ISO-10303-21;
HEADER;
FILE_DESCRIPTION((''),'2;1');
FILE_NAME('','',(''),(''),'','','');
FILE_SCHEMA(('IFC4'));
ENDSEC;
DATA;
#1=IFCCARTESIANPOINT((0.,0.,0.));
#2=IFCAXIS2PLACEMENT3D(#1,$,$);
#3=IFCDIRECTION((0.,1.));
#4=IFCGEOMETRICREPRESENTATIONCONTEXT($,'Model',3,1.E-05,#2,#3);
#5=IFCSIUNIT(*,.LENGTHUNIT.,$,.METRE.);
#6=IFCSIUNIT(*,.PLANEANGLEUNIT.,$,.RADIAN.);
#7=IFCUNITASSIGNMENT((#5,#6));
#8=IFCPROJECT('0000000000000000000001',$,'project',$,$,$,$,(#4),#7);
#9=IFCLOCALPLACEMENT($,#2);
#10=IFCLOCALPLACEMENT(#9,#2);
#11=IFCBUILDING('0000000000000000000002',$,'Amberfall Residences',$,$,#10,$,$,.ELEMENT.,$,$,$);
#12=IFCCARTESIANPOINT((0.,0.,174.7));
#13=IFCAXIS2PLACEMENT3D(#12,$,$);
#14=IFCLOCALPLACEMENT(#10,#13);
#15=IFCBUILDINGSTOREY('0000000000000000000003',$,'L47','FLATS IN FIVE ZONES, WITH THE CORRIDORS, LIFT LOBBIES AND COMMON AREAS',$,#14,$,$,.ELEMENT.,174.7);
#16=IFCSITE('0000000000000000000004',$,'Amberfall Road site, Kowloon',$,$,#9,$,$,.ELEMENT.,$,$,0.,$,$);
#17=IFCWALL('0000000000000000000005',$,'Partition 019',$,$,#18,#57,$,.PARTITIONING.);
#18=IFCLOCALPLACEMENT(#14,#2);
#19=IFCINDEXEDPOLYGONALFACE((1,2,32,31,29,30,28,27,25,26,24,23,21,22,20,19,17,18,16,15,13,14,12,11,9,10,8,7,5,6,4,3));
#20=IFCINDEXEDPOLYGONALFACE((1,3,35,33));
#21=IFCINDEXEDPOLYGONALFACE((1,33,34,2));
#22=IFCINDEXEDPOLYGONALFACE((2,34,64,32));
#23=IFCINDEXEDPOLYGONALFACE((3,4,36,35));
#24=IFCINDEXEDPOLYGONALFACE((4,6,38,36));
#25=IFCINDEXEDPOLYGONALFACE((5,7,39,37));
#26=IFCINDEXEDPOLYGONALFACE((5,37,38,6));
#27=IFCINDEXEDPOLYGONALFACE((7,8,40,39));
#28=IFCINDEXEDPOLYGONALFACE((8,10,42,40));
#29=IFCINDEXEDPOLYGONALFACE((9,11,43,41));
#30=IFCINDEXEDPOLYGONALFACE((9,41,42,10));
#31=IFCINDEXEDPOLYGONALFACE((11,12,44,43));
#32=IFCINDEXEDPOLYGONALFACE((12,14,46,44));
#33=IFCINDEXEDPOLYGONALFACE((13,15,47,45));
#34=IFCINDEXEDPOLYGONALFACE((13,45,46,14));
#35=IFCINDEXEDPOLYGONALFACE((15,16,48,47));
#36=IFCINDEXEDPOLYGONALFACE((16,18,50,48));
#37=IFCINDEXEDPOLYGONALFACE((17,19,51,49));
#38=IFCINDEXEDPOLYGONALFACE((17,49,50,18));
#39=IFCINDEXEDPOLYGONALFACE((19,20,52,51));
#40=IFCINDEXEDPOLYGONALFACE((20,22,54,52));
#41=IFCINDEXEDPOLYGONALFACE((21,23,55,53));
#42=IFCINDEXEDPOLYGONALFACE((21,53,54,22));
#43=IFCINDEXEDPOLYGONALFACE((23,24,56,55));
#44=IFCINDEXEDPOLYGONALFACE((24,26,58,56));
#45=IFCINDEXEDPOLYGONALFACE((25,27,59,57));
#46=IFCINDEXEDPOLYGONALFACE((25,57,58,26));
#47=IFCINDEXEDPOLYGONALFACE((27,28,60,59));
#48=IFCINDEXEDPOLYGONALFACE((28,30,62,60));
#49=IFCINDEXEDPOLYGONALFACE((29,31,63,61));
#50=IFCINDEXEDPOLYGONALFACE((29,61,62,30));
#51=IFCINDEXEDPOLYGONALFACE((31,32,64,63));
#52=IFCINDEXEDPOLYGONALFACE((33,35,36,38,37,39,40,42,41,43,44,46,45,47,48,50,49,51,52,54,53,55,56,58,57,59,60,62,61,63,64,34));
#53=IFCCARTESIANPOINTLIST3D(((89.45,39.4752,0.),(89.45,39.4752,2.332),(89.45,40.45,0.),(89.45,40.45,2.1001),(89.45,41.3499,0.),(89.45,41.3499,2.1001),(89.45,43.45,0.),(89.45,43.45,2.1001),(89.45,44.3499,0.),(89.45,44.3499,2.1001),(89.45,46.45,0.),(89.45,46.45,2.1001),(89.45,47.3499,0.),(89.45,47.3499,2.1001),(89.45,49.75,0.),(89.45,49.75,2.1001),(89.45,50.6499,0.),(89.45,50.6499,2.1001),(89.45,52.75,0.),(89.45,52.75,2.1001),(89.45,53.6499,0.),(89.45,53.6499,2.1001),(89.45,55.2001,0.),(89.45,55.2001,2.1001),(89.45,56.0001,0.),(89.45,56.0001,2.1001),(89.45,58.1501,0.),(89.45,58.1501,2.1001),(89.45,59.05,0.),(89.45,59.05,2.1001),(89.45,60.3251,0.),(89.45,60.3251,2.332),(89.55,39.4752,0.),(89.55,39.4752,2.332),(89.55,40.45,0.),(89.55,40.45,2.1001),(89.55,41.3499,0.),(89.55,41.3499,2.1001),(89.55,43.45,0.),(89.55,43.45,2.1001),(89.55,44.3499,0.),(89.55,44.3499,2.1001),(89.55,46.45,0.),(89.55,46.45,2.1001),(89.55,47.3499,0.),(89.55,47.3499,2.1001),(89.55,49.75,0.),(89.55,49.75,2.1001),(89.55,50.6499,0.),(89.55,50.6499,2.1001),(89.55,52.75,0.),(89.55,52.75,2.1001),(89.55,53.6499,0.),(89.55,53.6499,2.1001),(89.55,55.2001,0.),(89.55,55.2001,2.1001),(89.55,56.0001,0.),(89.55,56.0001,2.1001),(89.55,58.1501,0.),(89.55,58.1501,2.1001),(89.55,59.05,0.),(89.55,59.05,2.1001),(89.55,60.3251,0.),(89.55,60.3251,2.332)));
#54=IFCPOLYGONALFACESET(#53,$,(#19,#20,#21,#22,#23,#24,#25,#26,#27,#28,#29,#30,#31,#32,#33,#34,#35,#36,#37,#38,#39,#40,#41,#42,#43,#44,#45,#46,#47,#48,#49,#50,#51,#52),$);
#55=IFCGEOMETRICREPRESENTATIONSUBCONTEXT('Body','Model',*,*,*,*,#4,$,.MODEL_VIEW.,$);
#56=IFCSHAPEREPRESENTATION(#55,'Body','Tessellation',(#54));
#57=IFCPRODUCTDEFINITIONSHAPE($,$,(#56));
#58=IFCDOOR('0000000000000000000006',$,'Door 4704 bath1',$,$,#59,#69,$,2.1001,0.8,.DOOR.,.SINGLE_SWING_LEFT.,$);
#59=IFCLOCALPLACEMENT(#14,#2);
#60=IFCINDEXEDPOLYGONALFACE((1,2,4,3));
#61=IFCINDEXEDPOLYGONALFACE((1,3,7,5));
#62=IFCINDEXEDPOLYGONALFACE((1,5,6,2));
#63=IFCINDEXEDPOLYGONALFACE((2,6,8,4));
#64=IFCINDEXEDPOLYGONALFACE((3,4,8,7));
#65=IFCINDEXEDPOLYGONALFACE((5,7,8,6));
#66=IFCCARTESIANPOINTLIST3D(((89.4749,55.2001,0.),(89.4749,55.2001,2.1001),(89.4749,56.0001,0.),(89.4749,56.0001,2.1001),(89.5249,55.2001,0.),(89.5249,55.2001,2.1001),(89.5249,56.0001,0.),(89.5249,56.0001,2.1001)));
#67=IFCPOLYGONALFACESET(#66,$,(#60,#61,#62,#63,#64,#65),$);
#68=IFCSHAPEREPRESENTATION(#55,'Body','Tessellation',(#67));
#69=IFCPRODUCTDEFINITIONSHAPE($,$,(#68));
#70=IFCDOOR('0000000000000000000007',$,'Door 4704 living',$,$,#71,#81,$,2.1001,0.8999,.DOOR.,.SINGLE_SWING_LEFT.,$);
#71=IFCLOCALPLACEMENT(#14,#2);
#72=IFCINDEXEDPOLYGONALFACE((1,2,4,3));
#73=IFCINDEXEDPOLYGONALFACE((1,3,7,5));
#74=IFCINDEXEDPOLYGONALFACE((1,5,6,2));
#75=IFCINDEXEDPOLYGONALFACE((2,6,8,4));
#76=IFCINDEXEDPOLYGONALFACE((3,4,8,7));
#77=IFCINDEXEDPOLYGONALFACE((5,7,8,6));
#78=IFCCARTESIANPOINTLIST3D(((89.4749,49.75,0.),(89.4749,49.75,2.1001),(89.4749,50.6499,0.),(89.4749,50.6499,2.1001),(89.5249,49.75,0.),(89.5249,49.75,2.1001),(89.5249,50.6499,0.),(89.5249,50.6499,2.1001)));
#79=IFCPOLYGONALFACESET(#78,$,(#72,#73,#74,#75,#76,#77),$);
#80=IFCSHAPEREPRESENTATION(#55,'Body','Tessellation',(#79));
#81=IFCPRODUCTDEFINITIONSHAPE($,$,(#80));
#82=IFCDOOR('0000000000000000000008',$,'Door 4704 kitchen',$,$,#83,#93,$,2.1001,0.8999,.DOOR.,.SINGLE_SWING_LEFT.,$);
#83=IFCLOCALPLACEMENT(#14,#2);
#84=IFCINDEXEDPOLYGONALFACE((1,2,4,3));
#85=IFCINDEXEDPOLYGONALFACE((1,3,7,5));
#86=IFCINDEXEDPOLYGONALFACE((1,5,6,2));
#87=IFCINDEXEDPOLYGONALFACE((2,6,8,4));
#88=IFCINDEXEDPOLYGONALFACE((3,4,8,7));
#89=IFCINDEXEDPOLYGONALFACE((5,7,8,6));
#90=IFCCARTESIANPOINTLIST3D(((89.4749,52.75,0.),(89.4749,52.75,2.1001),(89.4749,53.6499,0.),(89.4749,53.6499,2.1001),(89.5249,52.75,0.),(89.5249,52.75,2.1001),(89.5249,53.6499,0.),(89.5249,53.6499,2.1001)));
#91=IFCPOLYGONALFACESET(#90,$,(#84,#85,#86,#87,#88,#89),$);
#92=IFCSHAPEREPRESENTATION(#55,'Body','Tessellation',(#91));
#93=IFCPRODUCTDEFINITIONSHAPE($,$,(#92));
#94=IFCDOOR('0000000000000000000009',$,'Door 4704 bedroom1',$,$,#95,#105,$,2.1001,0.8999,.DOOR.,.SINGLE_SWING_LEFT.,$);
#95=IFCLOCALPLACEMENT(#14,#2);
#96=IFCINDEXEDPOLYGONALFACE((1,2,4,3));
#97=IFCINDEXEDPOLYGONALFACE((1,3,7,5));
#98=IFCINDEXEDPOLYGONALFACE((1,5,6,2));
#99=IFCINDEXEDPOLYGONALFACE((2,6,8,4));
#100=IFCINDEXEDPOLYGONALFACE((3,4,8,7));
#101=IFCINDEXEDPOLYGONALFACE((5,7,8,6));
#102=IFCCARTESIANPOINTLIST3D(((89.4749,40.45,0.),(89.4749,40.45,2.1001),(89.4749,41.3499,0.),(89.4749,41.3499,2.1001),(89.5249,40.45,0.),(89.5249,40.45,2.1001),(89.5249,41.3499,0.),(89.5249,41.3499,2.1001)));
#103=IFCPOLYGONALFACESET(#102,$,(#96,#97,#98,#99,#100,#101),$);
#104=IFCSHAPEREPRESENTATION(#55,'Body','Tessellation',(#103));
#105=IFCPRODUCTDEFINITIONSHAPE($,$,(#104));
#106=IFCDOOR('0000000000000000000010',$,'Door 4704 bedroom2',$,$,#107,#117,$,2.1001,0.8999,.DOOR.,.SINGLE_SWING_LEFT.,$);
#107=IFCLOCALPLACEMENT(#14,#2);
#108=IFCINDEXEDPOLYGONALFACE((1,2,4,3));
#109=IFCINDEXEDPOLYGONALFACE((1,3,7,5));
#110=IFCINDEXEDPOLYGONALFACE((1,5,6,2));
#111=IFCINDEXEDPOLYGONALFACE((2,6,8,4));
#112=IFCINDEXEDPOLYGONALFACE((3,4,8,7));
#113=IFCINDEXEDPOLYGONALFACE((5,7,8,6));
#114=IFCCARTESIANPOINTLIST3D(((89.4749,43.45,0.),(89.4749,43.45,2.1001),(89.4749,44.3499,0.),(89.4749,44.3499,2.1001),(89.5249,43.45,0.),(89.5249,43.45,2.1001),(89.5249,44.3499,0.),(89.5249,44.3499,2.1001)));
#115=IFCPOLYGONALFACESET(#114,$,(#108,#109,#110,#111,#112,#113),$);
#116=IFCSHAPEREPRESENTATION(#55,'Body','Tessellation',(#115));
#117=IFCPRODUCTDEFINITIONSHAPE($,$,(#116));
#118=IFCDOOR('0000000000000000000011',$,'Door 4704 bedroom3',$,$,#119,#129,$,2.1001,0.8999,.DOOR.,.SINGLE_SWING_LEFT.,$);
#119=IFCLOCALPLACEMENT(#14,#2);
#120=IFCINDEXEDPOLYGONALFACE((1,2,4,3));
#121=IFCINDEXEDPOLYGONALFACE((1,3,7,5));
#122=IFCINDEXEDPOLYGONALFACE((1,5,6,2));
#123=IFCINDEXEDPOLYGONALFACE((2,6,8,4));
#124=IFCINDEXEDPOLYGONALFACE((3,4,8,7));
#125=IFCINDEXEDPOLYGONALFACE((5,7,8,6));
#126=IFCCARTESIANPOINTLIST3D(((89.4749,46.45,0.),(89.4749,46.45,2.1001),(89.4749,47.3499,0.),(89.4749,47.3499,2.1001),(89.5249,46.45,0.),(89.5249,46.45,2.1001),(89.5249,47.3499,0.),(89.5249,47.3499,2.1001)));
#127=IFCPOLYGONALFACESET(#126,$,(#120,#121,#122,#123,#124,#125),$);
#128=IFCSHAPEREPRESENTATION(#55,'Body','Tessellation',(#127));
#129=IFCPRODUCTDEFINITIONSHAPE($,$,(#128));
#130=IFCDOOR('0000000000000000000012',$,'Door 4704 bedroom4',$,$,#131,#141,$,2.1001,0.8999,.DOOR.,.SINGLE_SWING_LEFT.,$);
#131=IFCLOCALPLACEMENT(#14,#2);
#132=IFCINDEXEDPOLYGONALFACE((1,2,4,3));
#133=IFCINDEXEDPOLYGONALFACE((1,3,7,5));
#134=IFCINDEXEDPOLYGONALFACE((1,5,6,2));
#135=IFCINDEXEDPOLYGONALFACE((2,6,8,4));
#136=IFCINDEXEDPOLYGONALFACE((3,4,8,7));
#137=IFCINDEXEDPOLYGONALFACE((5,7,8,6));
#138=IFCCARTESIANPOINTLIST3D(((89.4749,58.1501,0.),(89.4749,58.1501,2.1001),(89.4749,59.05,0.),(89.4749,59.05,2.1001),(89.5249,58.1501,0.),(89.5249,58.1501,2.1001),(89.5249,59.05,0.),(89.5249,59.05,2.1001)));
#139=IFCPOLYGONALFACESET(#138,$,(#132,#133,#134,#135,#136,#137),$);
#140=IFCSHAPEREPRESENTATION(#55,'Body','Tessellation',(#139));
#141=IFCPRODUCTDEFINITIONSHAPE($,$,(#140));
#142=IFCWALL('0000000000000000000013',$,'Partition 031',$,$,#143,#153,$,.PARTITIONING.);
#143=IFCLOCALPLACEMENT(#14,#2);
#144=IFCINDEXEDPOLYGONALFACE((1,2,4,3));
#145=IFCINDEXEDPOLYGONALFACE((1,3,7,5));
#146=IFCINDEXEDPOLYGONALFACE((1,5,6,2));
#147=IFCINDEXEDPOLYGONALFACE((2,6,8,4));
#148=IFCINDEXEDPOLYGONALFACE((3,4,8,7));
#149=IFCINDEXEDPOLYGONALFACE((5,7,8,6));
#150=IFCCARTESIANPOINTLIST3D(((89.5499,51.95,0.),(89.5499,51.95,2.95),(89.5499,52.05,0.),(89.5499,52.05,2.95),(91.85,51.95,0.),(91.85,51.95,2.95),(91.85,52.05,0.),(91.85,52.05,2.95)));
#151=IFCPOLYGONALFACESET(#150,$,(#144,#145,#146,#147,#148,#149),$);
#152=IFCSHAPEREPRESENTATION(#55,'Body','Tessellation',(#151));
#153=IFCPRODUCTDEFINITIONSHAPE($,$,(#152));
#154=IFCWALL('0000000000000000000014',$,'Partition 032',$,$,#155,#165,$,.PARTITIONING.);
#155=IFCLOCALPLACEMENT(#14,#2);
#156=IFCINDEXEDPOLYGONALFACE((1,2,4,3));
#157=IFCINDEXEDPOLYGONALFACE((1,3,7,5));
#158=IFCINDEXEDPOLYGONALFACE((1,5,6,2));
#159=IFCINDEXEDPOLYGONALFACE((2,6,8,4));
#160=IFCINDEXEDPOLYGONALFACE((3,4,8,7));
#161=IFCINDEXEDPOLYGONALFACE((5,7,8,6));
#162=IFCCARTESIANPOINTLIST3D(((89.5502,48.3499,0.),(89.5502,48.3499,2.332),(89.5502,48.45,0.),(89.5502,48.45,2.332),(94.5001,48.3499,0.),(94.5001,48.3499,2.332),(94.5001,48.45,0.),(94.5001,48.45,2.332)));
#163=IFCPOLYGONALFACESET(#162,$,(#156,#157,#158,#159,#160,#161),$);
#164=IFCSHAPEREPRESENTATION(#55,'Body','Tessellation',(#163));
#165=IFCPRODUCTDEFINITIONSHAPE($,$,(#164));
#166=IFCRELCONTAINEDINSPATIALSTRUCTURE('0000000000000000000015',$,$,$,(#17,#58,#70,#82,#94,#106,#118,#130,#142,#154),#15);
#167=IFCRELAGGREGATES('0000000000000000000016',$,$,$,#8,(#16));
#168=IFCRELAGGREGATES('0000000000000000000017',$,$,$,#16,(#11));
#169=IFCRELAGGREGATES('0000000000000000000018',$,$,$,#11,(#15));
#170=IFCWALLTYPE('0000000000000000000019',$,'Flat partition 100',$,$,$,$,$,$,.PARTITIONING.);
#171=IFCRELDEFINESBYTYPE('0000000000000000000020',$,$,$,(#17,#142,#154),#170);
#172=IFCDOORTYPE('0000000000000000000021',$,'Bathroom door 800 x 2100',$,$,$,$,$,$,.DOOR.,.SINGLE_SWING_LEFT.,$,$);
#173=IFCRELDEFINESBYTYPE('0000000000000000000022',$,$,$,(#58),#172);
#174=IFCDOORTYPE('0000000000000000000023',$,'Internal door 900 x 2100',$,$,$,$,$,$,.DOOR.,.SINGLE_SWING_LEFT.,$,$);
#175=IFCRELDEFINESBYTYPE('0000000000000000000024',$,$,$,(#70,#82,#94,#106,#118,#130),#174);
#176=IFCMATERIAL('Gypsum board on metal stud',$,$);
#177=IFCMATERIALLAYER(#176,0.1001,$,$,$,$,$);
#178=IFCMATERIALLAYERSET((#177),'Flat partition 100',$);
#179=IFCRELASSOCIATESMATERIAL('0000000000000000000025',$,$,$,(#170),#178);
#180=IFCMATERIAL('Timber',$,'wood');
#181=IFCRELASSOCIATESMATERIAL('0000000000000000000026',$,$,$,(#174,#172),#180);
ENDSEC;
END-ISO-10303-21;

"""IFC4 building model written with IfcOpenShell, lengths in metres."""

from ifc_helpers import new_model, si_unit, direction, frame, frame_2d, origin, place, context, subcontext, project, spatial, rectangle, extrude, material, layer, layer_set, type_object, element, fill, save


model = new_model("IFC4")

# Units and contexts
model_context = context("Model", 3, precision=1e-05, world=origin(), true_north=direction((0.0, 1.0)))
body_context = subcontext(model_context, "Body", "Model", "MODEL_VIEW")
ifc_project = project(units=[si_unit("LENGTHUNIT", "METRE"), si_unit("PLANEANGLEUNIT", "RADIAN")], contexts=[model_context])

# Site, building, storey
site_placement = place(None, origin())
site = spatial("IfcSite", under=ifc_project, at=site_placement, Name="Amberfall Road site, Kowloon", CompositionType="ELEMENT", RefElevation=0.0)
building_placement = place(site_placement, origin())
building = spatial("IfcBuilding", under=site, at=building_placement, Name="Amberfall Residences", CompositionType="ELEMENT")
storey_placement = place(building_placement, frame((0.0, 0.0, 174.7)))
storey = spatial("IfcBuildingStorey", under=building, at=storey_placement, Name="L47", Description="FLATS IN FIVE ZONES, WITH THE CORRIDORS, LIFT LOBBIES AND COMMON AREAS", CompositionType="ELEMENT", Elevation=174.7)

# Wall, openings, doors
ifc_material_1 = material(Name="Gypsum board on metal stud")
ifc_layer_1 = layer(ifc_material_1, 0.1001)
ifc_layer_set_1 = layer_set([ifc_layer_1], Name="Flat partition 100")
wall_type_1 = type_object("IfcWallType", Name="Flat partition 100", PredefinedType="PARTITIONING", material=ifc_layer_set_1)
ifc_material_2 = material(Name="Timber", Category="wood")
door_type_1 = type_object("IfcDoorType", Name="Internal door 900 x 2100", OperationType="SINGLE_SWING_LEFT", PredefinedType="DOOR", material=ifc_material_2)
wall_1_placement = place(storey_placement, frame((89.5, 60.325, 0.0), z_axis=(0.0, 0.0, 1.0), x_axis=(0.0, -1.0, 0.0)))
wall_1 = element("IfcWall", 1, at=wall_1_placement, inside=storey, type_object=wall_type_1, Name="Partition 019", PredefinedType="PARTITIONING", context=body_context, shape_type="SweptSolid", body=[
    extrude(rectangle(XDim=20.8499, YDim=0.1001, at=frame_2d((10.4248, 0.0))), origin(), (0.0, 0.0, 1.0), 2.332),
])
opening_1_placement = place(wall_1_placement, frame((9.675, 0.0, 0.0)))
opening_1 = element("IfcOpeningElement", 2, at=opening_1_placement, cuts=wall_1, PredefinedType="OPENING", context=body_context, shape_type="SweptSolid", body=[
    extrude(rectangle(XDim=0.8999, YDim=2.1001, at=frame_2d((0.45, 1.05))), frame((0.0, 0.0601, 0.0), z_axis=(0.0, -1.0, 0.0), x_axis=(1.0, 0.0, 0.0)), (0.0, 0.0, 1.0), 0.1201),
])
opening_2_placement = place(wall_1_placement, frame((6.675, 0.0, 0.0)))
opening_2 = element("IfcOpeningElement", 3, at=opening_2_placement, cuts=wall_1, PredefinedType="OPENING", context=body_context, shape_type="SweptSolid", body=[
    extrude(rectangle(XDim=0.8999, YDim=2.1001, at=frame_2d((0.45, 1.05))), frame((0.0, 0.0601, 0.0), z_axis=(0.0, -1.0, 0.0), x_axis=(1.0, 0.0, 0.0)), (0.0, 0.0, 1.0), 0.1201),
])
opening_3_placement = place(wall_1_placement, frame((18.9751, 0.0, 0.0)))
opening_3 = element("IfcOpeningElement", 4, at=opening_3_placement, cuts=wall_1, PredefinedType="OPENING", context=body_context, shape_type="SweptSolid", body=[
    extrude(rectangle(XDim=0.8999, YDim=2.1001, at=frame_2d((0.45, 1.05))), frame((0.0, 0.0601, 0.0), z_axis=(0.0, -1.0, 0.0), x_axis=(1.0, 0.0, 0.0)), (0.0, 0.0, 1.0), 0.1201),
])
opening_4_placement = place(wall_1_placement, frame((15.9751, 0.0, 0.0)))
opening_4 = element("IfcOpeningElement", 5, at=opening_4_placement, cuts=wall_1, PredefinedType="OPENING", context=body_context, shape_type="SweptSolid", body=[
    extrude(rectangle(XDim=0.8999, YDim=2.1001, at=frame_2d((0.45, 1.05))), frame((0.0, 0.0601, 0.0), z_axis=(0.0, -1.0, 0.0), x_axis=(1.0, 0.0, 0.0)), (0.0, 0.0, 1.0), 0.1201),
])
opening_5_placement = place(wall_1_placement, frame((12.9751, 0.0, 0.0)))
opening_5 = element("IfcOpeningElement", 6, at=opening_5_placement, cuts=wall_1, PredefinedType="OPENING", context=body_context, shape_type="SweptSolid", body=[
    extrude(rectangle(XDim=0.8999, YDim=2.1001, at=frame_2d((0.45, 1.05))), frame((0.0, 0.0601, 0.0), z_axis=(0.0, -1.0, 0.0), x_axis=(1.0, 0.0, 0.0)), (0.0, 0.0, 1.0), 0.1201),
])
opening_6_placement = place(wall_1_placement, frame((1.2749, 0.0, 0.0)))
opening_6 = element("IfcOpeningElement", 7, at=opening_6_placement, cuts=wall_1, PredefinedType="OPENING", context=body_context, shape_type="SweptSolid", body=[
    extrude(rectangle(XDim=0.8999, YDim=2.1001, at=frame_2d((0.45, 1.05))), frame((0.0, 0.0601, 0.0), z_axis=(0.0, -1.0, 0.0), x_axis=(1.0, 0.0, 0.0)), (0.0, 0.0, 1.0), 0.1201),
])
opening_7_placement = place(wall_1_placement, frame((4.325, 0.0, 0.0)))
opening_7 = element("IfcOpeningElement", 8, at=opening_7_placement, cuts=wall_1, PredefinedType="OPENING", context=body_context, shape_type="SweptSolid", body=[
    extrude(rectangle(XDim=0.8, YDim=2.1001, at=frame_2d((0.3999, 1.05))), frame((0.0, 0.0601, 0.0), z_axis=(0.0, -1.0, 0.0), x_axis=(1.0, 0.0, 0.0)), (0.0, 0.0, 1.0), 0.1201),
])
door_type_2 = type_object("IfcDoorType", Name="Bathroom door 800 x 2100", OperationType="SINGLE_SWING_LEFT", PredefinedType="DOOR", material=ifc_material_2)
door_1_placement = place(opening_7_placement, origin())
door_1 = element("IfcDoor", 9, at=door_1_placement, inside=storey, type_object=door_type_2, Name="Door 4704 bath1", OperationType="SINGLE_SWING_LEFT", OverallHeight=2.1001, OverallWidth=0.8, PredefinedType="DOOR", context=body_context, shape_type="SweptSolid", body=[
    extrude(rectangle(XDim=0.8, YDim=2.1001, at=frame_2d((0.3999, 1.05))), frame((0.0, 0.0249, 0.0), z_axis=(0.0, -1.0, 0.0), x_axis=(1.0, 0.0, 0.0)), (0.0, 0.0, 1.0), 0.05),
])
fill(opening_7, door_1)
door_2_placement = place(opening_1_placement, origin())
door_2 = element("IfcDoor", 10, at=door_2_placement, inside=storey, type_object=door_type_1, Name="Door 4704 living", OperationType="SINGLE_SWING_LEFT", OverallHeight=2.1001, OverallWidth=0.8999, PredefinedType="DOOR", context=body_context, shape_type="SweptSolid", body=[
    extrude(rectangle(XDim=0.8999, YDim=2.1001, at=frame_2d((0.45, 1.05))), frame((0.0, 0.0249, 0.0), z_axis=(0.0, -1.0, 0.0), x_axis=(1.0, 0.0, 0.0)), (0.0, 0.0, 1.0), 0.05),
])
fill(opening_1, door_2)
door_3_placement = place(opening_2_placement, origin())
door_3 = element("IfcDoor", 11, at=door_3_placement, inside=storey, type_object=door_type_1, Name="Door 4704 kitchen", OperationType="SINGLE_SWING_LEFT", OverallHeight=2.1001, OverallWidth=0.8999, PredefinedType="DOOR", context=body_context, shape_type="SweptSolid", body=[
    extrude(rectangle(XDim=0.8999, YDim=2.1001, at=frame_2d((0.45, 1.05))), frame((0.0, 0.0249, 0.0), z_axis=(0.0, -1.0, 0.0), x_axis=(1.0, 0.0, 0.0)), (0.0, 0.0, 1.0), 0.05),
])
fill(opening_2, door_3)
door_4_placement = place(opening_3_placement, origin())
door_4 = element("IfcDoor", 12, at=door_4_placement, inside=storey, type_object=door_type_1, Name="Door 4704 bedroom1", OperationType="SINGLE_SWING_LEFT", OverallHeight=2.1001, OverallWidth=0.8999, PredefinedType="DOOR", context=body_context, shape_type="SweptSolid", body=[
    extrude(rectangle(XDim=0.8999, YDim=2.1001, at=frame_2d((0.45, 1.05))), frame((0.0, 0.0249, 0.0), z_axis=(0.0, -1.0, 0.0), x_axis=(1.0, 0.0, 0.0)), (0.0, 0.0, 1.0), 0.05),
])
fill(opening_3, door_4)
door_5_placement = place(opening_4_placement, origin())
door_5 = element("IfcDoor", 13, at=door_5_placement, inside=storey, type_object=door_type_1, Name="Door 4704 bedroom2", OperationType="SINGLE_SWING_LEFT", OverallHeight=2.1001, OverallWidth=0.8999, PredefinedType="DOOR", context=body_context, shape_type="SweptSolid", body=[
    extrude(rectangle(XDim=0.8999, YDim=2.1001, at=frame_2d((0.45, 1.05))), frame((0.0, 0.0249, 0.0), z_axis=(0.0, -1.0, 0.0), x_axis=(1.0, 0.0, 0.0)), (0.0, 0.0, 1.0), 0.05),
])
fill(opening_4, door_5)
door_6_placement = place(opening_5_placement, origin())
door_6 = element("IfcDoor", 14, at=door_6_placement, inside=storey, type_object=door_type_1, Name="Door 4704 bedroom3", OperationType="SINGLE_SWING_LEFT", OverallHeight=2.1001, OverallWidth=0.8999, PredefinedType="DOOR", context=body_context, shape_type="SweptSolid", body=[
    extrude(rectangle(XDim=0.8999, YDim=2.1001, at=frame_2d((0.45, 1.05))), frame((0.0, 0.0249, 0.0), z_axis=(0.0, -1.0, 0.0), x_axis=(1.0, 0.0, 0.0)), (0.0, 0.0, 1.0), 0.05),
])
fill(opening_5, door_6)
door_7_placement = place(opening_6_placement, origin())
door_7 = element("IfcDoor", 15, at=door_7_placement, inside=storey, type_object=door_type_1, Name="Door 4704 bedroom4", OperationType="SINGLE_SWING_LEFT", OverallHeight=2.1001, OverallWidth=0.8999, PredefinedType="DOOR", context=body_context, shape_type="SweptSolid", body=[
    extrude(rectangle(XDim=0.8999, YDim=2.1001, at=frame_2d((0.45, 1.05))), frame((0.0, 0.0249, 0.0), z_axis=(0.0, -1.0, 0.0), x_axis=(1.0, 0.0, 0.0)), (0.0, 0.0, 1.0), 0.05),
])
fill(opening_6, door_7)

# Walls
wall_2_placement = place(storey_placement, frame((89.55, 52.0, 0.0), z_axis=(0.0, 0.0, 1.0), x_axis=(1.0, 0.0, 0.0)))
element("IfcWall", 16, at=wall_2_placement, inside=storey, type_object=wall_type_1, Name="Partition 031", PredefinedType="PARTITIONING", context=body_context, shape_type="SweptSolid", body=[
    extrude(rectangle(XDim=2.3, YDim=0.1001, at=frame_2d((1.1499, 0.0))), origin(), (0.0, 0.0, 1.0), 2.95),
])
wall_3_placement = place(storey_placement, frame((89.55, 48.3999, 0.0), z_axis=(0.0, 0.0, 1.0), x_axis=(1.0, 0.0, 0.0)))
element("IfcWall", 17, at=wall_3_placement, inside=storey, type_object=wall_type_1, Name="Partition 032", PredefinedType="PARTITIONING", context=body_context, shape_type="SweptSolid", body=[
    extrude(rectangle(XDim=4.95, YDim=0.1001, at=frame_2d((2.4751, 0.0))), origin(), (0.0, 0.0, 1.0), 2.332),
])

save(model, "model.ifc")
